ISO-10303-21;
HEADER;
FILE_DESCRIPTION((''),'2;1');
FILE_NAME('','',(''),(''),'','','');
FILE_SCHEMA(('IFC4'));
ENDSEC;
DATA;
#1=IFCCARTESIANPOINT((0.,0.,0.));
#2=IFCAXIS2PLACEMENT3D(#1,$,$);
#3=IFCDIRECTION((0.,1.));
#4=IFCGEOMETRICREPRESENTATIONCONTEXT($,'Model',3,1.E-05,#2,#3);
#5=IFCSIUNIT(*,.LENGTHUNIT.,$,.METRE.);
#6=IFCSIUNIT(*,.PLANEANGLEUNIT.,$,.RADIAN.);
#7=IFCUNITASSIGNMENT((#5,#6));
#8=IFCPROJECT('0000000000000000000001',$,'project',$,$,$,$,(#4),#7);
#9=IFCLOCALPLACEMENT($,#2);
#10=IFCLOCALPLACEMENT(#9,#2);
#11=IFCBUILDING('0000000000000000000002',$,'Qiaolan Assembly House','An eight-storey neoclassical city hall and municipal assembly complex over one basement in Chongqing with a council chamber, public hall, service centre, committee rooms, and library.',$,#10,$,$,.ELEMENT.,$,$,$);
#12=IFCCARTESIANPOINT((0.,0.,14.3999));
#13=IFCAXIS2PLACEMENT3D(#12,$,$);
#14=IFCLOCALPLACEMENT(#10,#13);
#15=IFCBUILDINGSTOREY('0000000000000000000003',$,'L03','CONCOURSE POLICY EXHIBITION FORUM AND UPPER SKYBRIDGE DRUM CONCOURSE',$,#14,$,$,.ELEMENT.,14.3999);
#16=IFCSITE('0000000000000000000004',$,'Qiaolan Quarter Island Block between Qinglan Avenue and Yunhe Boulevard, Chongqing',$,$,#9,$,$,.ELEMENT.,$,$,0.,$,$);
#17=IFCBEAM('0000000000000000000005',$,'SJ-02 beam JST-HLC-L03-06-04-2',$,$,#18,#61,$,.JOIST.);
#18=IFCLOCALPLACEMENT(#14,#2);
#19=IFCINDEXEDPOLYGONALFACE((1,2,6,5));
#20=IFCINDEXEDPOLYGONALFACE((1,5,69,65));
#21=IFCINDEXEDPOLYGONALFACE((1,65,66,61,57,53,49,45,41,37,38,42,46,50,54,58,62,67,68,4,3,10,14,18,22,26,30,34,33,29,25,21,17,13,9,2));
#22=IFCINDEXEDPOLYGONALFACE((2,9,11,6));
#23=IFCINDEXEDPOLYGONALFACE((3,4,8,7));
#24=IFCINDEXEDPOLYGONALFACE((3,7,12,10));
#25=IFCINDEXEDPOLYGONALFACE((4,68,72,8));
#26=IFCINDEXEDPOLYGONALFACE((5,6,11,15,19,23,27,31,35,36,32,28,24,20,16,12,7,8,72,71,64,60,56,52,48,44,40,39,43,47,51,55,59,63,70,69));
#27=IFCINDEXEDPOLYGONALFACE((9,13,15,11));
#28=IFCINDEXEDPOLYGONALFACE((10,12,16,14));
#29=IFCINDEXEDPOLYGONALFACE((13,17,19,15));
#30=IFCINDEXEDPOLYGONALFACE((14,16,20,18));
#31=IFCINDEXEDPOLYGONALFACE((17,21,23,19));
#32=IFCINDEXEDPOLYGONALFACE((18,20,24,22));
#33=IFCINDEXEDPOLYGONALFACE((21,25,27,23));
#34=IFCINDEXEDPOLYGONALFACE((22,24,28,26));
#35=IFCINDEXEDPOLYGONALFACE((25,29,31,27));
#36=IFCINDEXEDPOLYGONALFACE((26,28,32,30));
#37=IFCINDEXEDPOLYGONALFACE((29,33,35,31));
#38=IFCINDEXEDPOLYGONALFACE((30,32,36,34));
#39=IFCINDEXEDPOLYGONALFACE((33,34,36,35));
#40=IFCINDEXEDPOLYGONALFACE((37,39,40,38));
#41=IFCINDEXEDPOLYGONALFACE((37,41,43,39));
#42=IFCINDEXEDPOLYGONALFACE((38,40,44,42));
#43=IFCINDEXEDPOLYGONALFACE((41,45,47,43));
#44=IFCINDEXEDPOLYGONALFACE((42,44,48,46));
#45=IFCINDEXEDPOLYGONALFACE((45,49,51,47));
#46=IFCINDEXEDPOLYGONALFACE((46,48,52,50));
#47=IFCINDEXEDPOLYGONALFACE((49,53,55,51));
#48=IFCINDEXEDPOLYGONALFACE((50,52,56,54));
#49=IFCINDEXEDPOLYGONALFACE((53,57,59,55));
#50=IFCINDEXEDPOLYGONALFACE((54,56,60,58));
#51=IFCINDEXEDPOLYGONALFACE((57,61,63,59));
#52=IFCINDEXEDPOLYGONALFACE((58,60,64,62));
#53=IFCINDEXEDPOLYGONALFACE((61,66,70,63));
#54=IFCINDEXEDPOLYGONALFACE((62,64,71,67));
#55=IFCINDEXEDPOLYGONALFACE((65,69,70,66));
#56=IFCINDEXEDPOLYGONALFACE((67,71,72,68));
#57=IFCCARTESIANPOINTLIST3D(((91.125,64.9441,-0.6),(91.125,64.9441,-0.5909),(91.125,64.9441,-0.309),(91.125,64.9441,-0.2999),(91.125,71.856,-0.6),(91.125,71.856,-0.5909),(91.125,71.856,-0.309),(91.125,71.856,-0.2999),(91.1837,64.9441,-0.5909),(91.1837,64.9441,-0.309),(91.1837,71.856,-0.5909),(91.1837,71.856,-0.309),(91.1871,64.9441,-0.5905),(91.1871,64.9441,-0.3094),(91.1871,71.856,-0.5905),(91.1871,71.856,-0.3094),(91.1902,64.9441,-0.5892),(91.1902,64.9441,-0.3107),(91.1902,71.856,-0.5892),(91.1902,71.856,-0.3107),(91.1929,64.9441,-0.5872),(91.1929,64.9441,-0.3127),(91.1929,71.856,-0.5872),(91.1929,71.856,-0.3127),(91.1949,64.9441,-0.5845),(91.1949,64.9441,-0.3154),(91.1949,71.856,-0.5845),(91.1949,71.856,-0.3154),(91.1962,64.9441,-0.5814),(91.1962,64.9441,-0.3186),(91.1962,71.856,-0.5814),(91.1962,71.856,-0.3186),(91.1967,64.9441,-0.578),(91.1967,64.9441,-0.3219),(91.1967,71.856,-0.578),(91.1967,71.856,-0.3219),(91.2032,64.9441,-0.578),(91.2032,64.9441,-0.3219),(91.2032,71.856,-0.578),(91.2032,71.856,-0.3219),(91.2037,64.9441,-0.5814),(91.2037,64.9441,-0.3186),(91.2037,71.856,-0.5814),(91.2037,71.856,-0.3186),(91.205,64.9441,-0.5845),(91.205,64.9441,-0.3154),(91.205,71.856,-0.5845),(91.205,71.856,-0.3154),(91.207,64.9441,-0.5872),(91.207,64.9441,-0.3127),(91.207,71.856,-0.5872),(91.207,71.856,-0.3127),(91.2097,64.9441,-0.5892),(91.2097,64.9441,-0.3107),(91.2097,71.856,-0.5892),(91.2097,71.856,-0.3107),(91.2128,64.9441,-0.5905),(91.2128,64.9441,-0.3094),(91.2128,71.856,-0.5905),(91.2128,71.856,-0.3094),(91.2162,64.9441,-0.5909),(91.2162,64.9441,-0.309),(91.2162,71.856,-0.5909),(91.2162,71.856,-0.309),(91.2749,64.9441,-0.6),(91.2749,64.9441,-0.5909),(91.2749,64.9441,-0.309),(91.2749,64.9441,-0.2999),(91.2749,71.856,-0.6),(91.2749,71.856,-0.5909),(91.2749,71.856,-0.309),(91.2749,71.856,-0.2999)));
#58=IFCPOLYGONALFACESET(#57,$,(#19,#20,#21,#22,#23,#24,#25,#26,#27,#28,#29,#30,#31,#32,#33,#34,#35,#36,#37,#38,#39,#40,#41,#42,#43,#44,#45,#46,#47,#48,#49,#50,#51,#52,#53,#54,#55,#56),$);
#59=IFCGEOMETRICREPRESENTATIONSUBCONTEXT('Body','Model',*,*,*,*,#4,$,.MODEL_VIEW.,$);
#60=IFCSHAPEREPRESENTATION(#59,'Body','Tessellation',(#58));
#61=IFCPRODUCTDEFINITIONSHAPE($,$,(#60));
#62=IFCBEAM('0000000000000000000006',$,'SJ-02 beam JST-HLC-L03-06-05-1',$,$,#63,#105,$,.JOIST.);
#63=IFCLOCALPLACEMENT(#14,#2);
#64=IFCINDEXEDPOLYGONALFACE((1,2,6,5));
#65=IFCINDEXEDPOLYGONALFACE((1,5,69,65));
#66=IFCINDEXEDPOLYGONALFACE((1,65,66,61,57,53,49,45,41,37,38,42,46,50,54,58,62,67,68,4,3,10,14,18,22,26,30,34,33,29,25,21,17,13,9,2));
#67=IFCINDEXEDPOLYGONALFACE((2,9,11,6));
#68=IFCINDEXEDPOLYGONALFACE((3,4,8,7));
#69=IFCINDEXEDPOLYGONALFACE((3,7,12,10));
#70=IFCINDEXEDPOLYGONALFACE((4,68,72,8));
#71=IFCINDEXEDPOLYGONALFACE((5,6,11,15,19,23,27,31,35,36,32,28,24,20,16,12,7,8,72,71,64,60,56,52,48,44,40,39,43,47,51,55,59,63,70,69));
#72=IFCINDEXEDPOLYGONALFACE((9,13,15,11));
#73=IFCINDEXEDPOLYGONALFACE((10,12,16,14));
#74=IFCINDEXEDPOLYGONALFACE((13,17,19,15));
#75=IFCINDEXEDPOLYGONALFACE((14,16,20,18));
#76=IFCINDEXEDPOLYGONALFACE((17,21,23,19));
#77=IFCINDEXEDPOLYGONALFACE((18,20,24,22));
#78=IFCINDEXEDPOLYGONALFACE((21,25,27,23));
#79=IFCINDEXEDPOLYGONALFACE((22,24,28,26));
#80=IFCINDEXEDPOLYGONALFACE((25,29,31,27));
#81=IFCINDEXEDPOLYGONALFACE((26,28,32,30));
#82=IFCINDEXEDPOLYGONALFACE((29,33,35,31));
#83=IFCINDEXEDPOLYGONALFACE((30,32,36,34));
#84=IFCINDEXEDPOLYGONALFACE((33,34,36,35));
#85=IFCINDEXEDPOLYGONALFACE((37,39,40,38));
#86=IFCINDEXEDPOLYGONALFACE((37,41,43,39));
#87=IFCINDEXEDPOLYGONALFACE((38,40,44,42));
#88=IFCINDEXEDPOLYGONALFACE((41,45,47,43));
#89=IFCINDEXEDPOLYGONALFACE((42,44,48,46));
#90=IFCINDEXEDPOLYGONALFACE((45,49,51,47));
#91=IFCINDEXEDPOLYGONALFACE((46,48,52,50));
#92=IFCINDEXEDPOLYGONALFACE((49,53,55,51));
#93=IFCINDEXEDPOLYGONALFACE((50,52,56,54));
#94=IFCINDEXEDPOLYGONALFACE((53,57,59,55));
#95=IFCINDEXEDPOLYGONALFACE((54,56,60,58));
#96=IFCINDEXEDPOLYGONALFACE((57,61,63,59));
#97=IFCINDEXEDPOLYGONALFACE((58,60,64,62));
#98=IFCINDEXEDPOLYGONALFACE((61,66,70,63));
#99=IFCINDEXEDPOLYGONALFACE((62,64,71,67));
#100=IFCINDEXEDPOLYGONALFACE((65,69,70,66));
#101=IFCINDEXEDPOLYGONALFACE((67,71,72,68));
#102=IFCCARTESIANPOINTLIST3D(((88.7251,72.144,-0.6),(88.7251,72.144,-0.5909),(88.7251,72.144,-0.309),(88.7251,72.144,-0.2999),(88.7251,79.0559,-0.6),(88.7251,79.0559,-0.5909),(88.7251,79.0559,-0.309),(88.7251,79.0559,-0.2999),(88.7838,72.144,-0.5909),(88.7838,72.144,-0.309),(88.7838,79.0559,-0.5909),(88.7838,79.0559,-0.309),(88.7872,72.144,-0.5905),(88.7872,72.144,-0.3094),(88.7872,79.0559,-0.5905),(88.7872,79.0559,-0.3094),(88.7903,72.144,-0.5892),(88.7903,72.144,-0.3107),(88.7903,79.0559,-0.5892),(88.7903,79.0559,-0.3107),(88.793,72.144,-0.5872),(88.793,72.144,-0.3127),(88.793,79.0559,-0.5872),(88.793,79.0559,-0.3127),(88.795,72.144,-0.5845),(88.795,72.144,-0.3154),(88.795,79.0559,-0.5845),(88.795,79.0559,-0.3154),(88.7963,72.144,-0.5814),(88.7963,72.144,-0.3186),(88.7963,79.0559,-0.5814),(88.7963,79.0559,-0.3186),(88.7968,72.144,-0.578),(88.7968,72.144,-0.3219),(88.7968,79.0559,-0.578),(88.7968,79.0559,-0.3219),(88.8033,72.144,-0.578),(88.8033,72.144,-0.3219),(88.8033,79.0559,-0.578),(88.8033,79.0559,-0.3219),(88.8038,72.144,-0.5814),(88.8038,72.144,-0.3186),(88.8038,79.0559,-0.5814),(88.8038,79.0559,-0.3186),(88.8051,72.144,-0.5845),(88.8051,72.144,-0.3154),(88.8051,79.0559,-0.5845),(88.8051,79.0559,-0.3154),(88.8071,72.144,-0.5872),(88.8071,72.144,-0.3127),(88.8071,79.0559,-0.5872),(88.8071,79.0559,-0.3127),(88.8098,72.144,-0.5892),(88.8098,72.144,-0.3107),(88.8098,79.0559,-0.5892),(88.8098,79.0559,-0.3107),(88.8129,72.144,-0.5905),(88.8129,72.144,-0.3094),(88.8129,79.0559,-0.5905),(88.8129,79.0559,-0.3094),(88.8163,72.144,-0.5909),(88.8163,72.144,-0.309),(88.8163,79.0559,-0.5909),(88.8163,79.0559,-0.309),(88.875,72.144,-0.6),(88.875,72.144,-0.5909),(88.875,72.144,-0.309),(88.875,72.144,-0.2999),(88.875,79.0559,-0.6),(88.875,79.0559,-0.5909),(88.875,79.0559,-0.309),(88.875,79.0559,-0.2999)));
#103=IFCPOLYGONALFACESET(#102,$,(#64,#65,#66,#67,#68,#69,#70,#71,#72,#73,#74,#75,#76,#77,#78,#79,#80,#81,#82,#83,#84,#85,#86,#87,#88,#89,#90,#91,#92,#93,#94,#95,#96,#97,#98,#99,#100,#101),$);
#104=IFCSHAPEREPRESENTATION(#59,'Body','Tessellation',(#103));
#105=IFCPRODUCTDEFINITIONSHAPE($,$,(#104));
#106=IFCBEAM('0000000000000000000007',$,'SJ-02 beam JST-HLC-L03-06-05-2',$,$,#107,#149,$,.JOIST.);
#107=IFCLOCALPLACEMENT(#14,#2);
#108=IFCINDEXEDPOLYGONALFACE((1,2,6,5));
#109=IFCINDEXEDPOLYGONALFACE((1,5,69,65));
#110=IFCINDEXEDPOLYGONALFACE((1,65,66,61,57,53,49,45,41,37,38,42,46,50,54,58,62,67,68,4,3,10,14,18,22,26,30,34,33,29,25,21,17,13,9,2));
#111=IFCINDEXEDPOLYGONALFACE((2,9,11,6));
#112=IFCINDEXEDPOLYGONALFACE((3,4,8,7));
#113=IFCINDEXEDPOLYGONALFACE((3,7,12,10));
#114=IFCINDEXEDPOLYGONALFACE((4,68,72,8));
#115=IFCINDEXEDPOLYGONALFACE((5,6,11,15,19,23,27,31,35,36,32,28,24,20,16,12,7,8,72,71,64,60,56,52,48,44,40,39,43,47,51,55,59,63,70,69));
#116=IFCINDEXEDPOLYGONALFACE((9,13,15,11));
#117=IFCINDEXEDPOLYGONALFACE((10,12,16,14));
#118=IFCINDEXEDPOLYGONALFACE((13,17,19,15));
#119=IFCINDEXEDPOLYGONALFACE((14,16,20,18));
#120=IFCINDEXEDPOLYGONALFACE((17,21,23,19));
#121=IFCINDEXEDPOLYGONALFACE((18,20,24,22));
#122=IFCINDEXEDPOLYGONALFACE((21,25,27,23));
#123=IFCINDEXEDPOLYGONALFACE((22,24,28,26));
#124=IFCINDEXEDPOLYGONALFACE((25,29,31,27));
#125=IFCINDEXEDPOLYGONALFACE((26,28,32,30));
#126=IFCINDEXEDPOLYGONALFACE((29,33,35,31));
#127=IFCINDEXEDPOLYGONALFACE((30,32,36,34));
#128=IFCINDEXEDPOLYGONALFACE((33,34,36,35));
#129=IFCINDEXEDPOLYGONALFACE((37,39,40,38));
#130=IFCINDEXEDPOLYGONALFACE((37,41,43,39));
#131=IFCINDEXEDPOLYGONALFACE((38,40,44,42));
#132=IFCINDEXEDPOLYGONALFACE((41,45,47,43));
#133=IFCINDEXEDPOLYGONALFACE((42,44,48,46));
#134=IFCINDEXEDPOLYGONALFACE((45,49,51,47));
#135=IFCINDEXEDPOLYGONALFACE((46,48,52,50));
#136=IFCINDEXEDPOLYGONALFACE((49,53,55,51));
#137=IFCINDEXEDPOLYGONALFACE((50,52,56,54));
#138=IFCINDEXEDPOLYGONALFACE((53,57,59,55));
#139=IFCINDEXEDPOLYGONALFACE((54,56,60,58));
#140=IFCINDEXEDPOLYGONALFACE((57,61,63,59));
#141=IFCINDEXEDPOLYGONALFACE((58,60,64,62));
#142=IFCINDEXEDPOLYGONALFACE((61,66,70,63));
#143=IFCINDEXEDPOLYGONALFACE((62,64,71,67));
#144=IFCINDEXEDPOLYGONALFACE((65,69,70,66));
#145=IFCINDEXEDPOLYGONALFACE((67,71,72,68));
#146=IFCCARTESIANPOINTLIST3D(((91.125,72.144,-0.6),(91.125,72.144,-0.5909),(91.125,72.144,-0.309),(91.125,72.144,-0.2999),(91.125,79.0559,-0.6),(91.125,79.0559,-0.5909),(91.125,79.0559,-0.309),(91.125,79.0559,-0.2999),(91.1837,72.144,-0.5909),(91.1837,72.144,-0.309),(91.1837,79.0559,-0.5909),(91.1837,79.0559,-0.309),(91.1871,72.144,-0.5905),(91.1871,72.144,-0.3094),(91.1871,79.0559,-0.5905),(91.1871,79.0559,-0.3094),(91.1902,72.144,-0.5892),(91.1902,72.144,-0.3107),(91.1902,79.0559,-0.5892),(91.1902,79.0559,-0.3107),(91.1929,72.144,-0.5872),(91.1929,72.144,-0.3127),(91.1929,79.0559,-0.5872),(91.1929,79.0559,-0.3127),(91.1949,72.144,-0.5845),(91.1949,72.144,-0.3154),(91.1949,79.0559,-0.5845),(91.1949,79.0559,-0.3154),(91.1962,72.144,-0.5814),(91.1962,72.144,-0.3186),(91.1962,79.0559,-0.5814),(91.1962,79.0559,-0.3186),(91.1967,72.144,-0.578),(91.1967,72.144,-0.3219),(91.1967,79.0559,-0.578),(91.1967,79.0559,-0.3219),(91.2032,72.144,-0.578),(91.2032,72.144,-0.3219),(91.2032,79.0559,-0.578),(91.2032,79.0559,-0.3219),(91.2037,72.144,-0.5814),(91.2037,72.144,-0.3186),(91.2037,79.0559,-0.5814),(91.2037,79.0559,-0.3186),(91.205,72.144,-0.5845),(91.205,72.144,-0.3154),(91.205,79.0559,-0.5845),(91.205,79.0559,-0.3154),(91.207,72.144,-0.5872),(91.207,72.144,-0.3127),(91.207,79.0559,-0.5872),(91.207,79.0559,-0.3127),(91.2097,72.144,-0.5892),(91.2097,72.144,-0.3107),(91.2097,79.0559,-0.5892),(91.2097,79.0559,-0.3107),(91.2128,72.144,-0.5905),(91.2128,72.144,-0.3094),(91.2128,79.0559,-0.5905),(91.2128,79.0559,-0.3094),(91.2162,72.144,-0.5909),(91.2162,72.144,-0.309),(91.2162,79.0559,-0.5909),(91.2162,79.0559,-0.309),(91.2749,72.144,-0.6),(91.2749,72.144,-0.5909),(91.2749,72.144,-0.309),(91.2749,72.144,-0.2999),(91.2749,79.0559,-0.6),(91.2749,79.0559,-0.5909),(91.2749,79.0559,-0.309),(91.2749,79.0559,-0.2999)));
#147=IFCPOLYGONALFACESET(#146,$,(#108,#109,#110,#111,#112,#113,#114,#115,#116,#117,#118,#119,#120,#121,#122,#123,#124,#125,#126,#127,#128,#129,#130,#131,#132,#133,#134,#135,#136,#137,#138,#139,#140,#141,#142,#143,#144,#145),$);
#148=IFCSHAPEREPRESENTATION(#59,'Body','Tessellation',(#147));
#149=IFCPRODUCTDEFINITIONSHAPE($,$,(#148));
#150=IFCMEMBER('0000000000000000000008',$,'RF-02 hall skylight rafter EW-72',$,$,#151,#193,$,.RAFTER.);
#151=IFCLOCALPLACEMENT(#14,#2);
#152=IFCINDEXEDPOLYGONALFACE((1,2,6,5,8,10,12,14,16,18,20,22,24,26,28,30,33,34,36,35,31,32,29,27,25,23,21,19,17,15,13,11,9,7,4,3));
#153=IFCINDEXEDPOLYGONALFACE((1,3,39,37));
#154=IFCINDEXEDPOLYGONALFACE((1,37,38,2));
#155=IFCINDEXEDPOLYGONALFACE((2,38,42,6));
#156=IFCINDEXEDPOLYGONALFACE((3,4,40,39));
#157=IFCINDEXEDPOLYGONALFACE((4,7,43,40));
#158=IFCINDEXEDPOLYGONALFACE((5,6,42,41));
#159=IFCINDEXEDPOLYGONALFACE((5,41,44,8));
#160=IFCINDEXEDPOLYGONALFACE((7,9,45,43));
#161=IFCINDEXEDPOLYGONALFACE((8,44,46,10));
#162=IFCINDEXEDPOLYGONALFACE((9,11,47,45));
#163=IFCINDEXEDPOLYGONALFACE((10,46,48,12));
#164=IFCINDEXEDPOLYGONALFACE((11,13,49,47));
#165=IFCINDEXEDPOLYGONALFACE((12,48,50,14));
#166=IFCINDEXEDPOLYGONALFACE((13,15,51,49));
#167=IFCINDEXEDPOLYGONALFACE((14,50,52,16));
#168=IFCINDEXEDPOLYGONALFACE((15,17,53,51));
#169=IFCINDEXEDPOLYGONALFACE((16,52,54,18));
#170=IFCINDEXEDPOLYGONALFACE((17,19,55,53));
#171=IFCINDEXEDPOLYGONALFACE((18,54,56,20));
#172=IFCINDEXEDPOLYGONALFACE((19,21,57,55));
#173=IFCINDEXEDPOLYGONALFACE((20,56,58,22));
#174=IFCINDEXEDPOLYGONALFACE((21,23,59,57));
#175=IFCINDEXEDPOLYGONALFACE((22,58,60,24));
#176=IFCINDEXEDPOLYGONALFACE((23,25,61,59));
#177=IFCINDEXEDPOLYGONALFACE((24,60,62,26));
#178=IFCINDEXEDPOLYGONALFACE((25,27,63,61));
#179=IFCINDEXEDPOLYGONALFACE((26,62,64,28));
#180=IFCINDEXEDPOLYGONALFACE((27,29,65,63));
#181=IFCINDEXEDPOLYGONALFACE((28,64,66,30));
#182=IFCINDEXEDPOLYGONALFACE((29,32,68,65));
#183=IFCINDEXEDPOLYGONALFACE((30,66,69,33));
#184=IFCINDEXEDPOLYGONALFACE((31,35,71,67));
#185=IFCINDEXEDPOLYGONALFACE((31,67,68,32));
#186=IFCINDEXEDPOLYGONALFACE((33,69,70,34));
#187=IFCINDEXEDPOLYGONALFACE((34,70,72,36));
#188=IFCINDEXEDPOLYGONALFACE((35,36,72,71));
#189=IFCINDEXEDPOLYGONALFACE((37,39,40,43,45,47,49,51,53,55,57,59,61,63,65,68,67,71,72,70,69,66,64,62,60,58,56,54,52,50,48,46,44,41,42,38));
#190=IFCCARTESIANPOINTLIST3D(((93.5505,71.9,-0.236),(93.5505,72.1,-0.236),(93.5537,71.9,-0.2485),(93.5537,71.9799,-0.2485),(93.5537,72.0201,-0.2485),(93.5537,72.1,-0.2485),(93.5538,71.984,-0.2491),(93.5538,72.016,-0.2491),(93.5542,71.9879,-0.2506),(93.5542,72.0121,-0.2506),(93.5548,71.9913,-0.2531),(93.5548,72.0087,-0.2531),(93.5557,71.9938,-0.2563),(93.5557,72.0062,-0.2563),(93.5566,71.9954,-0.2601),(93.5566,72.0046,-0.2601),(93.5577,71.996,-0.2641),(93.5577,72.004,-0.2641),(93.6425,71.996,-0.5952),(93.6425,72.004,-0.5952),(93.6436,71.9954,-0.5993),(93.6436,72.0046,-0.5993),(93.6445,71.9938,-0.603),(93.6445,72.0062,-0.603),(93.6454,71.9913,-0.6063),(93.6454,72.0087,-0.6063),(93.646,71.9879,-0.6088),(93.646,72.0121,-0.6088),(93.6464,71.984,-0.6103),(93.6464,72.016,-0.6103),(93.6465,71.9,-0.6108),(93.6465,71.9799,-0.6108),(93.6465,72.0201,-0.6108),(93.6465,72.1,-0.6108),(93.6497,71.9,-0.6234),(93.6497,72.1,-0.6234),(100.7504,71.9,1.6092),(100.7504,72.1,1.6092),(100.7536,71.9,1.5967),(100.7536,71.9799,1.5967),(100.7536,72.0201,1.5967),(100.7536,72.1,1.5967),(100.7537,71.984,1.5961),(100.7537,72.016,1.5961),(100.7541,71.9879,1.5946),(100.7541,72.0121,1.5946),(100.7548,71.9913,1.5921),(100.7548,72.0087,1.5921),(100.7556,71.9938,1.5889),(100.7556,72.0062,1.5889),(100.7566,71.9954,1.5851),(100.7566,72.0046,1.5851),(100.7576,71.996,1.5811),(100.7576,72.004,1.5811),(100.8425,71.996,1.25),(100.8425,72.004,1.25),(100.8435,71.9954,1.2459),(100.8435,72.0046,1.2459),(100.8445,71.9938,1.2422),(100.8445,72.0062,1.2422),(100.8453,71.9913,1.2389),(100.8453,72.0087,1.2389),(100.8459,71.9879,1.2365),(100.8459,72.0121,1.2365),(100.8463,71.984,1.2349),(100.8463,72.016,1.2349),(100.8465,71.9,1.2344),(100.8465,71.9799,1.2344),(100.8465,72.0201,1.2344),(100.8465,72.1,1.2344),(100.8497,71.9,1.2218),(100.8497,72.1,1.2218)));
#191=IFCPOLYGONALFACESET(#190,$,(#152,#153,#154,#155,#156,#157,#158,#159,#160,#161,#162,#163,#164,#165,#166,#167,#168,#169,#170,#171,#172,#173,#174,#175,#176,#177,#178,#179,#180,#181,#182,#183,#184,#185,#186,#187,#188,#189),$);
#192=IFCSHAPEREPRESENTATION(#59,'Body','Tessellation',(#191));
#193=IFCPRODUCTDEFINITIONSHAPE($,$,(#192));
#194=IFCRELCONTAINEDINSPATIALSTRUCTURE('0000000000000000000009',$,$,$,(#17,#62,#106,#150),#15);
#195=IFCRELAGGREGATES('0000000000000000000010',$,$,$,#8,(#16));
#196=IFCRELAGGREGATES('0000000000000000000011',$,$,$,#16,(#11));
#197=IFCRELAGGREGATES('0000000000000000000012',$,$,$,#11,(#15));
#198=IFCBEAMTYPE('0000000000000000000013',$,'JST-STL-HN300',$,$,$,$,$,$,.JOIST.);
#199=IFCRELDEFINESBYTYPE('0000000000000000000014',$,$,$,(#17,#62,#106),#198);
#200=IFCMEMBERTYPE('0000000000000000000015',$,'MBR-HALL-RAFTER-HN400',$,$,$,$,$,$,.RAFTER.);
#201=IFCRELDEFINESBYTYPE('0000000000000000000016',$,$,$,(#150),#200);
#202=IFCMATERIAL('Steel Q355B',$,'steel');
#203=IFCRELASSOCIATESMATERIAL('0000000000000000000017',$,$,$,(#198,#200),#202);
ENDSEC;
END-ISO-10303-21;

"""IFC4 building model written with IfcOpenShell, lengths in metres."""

from ifc_helpers import new_model, si_unit, direction, frame, origin, origin_2d, place, context, subcontext, project, spatial, i_section, extrude, material, material_profile, profile_set, type_object, element, save


model = new_model("IFC4")

# Units and contexts
model_context = context("Model", 3, precision=1e-05, world=origin(), true_north=direction((0.0, 1.0)))
body_context = subcontext(model_context, "Body", "Model", "MODEL_VIEW")
ifc_project = project(units=[si_unit("LENGTHUNIT", "METRE"), si_unit("PLANEANGLEUNIT", "RADIAN")], contexts=[model_context])

# Site, building, storey
site_placement = place(None, origin())
site = spatial("IfcSite", under=ifc_project, at=site_placement, Name="Qiaolan Quarter Island Block between Qinglan Avenue and Yunhe Boulevard, Chongqing", CompositionType="ELEMENT", RefElevation=0.0)
building_placement = place(site_placement, origin())
building = spatial("IfcBuilding", under=site, at=building_placement, Name="Qiaolan Assembly House", Description="An eight-storey neoclassical city hall and municipal assembly complex over one basement in Chongqing with a council chamber, public hall, service centre, committee rooms, and library.", CompositionType="ELEMENT")
storey_placement = place(building_placement, frame((0.0, 0.0, 14.3999)))
storey = spatial("IfcBuildingStorey", under=building, at=storey_placement, Name="L03", Description="CONCOURSE POLICY EXHIBITION FORUM AND UPPER SKYBRIDGE DRUM CONCOURSE", CompositionType="ELEMENT", Elevation=14.3999)

# Shared definitions
ifc_material_1 = material(Name="Steel Q355B", Category="steel")

# Beams
ifc_material_profile_1 = material_profile(ifc_material_1, i_section(OverallWidth=0.1499, OverallDepth=0.3, WebThickness=0.0066, FlangeThickness=0.009, FilletRadius=0.0129, at=origin_2d()), Name="HN 300x150x6.5x9")
ifc_profile_set_1 = profile_set([ifc_material_profile_1], Name="Steel Q355B")
beam_type_1 = type_object("IfcBeamType", Name="JST-STL-HN300", PredefinedType="JOIST", material=ifc_profile_set_1)
for number, where, z_axis, x_axis, name in (
    (1, (91.2, 64.9441, -0.45), (0.0, 1.0, 0.0), (-1.0, 0.0, 0.0), "SJ-02 beam JST-HLC-L03-06-04-2"),
    (2, (88.8, 72.144, -0.45), (0.0, 1.0, 0.0), (-1.0, 0.0, 0.0), "SJ-02 beam JST-HLC-L03-06-05-1"),
    (3, (91.2, 72.144, -0.45), (0.0, 1.0, 0.0), (-1.0, 0.0, 0.0), "SJ-02 beam JST-HLC-L03-06-05-2"),
):
    element("IfcBeam", number, at=place(storey_placement, frame(where, z_axis=z_axis, x_axis=x_axis)), inside=storey, type_object=beam_type_1, Name=name, PredefinedType="JOIST", context=body_context, shape_type="SweptSolid", body=[
        extrude(i_section(OverallWidth=0.1499, OverallDepth=0.3, WebThickness=0.0066, FlangeThickness=0.009, FilletRadius=0.0129, at=origin_2d()), origin(), (0.0, 0.0, 1.0), 6.9119),
    ])

# Member
ifc_material_profile_2 = material_profile(ifc_material_1, i_section(OverallWidth=0.2, OverallDepth=0.3999, WebThickness=0.0081, FlangeThickness=0.0129, FilletRadius=0.0161, at=origin_2d()), Name="HN 400x200x8x13-RF")
ifc_profile_set_2 = profile_set([ifc_material_profile_2], Name="Steel Q355B")
member_type_1 = type_object("IfcMemberType", Name="MBR-HALL-RAFTER-HN400", PredefinedType="RAFTER", material=ifc_profile_set_2)
member_1_placement = place(storey_placement, frame((93.6001, 72.0, -0.4297), z_axis=(0.968694, 0.0, 0.248258), x_axis=(0.0, 1.0, 0.0)))
element("IfcMember", 4, at=member_1_placement, inside=storey, type_object=member_type_1, Name="RF-02 hall skylight rafter EW-72", PredefinedType="RAFTER", context=body_context, shape_type="SweptSolid", body=[
    extrude(i_section(OverallWidth=0.2, OverallDepth=0.3999, WebThickness=0.0081, FlangeThickness=0.0129, FilletRadius=0.0161, at=origin_2d()), origin(), (0.0, 0.0, 1.0), 7.4326),
])

save(model, "model.ifc")
